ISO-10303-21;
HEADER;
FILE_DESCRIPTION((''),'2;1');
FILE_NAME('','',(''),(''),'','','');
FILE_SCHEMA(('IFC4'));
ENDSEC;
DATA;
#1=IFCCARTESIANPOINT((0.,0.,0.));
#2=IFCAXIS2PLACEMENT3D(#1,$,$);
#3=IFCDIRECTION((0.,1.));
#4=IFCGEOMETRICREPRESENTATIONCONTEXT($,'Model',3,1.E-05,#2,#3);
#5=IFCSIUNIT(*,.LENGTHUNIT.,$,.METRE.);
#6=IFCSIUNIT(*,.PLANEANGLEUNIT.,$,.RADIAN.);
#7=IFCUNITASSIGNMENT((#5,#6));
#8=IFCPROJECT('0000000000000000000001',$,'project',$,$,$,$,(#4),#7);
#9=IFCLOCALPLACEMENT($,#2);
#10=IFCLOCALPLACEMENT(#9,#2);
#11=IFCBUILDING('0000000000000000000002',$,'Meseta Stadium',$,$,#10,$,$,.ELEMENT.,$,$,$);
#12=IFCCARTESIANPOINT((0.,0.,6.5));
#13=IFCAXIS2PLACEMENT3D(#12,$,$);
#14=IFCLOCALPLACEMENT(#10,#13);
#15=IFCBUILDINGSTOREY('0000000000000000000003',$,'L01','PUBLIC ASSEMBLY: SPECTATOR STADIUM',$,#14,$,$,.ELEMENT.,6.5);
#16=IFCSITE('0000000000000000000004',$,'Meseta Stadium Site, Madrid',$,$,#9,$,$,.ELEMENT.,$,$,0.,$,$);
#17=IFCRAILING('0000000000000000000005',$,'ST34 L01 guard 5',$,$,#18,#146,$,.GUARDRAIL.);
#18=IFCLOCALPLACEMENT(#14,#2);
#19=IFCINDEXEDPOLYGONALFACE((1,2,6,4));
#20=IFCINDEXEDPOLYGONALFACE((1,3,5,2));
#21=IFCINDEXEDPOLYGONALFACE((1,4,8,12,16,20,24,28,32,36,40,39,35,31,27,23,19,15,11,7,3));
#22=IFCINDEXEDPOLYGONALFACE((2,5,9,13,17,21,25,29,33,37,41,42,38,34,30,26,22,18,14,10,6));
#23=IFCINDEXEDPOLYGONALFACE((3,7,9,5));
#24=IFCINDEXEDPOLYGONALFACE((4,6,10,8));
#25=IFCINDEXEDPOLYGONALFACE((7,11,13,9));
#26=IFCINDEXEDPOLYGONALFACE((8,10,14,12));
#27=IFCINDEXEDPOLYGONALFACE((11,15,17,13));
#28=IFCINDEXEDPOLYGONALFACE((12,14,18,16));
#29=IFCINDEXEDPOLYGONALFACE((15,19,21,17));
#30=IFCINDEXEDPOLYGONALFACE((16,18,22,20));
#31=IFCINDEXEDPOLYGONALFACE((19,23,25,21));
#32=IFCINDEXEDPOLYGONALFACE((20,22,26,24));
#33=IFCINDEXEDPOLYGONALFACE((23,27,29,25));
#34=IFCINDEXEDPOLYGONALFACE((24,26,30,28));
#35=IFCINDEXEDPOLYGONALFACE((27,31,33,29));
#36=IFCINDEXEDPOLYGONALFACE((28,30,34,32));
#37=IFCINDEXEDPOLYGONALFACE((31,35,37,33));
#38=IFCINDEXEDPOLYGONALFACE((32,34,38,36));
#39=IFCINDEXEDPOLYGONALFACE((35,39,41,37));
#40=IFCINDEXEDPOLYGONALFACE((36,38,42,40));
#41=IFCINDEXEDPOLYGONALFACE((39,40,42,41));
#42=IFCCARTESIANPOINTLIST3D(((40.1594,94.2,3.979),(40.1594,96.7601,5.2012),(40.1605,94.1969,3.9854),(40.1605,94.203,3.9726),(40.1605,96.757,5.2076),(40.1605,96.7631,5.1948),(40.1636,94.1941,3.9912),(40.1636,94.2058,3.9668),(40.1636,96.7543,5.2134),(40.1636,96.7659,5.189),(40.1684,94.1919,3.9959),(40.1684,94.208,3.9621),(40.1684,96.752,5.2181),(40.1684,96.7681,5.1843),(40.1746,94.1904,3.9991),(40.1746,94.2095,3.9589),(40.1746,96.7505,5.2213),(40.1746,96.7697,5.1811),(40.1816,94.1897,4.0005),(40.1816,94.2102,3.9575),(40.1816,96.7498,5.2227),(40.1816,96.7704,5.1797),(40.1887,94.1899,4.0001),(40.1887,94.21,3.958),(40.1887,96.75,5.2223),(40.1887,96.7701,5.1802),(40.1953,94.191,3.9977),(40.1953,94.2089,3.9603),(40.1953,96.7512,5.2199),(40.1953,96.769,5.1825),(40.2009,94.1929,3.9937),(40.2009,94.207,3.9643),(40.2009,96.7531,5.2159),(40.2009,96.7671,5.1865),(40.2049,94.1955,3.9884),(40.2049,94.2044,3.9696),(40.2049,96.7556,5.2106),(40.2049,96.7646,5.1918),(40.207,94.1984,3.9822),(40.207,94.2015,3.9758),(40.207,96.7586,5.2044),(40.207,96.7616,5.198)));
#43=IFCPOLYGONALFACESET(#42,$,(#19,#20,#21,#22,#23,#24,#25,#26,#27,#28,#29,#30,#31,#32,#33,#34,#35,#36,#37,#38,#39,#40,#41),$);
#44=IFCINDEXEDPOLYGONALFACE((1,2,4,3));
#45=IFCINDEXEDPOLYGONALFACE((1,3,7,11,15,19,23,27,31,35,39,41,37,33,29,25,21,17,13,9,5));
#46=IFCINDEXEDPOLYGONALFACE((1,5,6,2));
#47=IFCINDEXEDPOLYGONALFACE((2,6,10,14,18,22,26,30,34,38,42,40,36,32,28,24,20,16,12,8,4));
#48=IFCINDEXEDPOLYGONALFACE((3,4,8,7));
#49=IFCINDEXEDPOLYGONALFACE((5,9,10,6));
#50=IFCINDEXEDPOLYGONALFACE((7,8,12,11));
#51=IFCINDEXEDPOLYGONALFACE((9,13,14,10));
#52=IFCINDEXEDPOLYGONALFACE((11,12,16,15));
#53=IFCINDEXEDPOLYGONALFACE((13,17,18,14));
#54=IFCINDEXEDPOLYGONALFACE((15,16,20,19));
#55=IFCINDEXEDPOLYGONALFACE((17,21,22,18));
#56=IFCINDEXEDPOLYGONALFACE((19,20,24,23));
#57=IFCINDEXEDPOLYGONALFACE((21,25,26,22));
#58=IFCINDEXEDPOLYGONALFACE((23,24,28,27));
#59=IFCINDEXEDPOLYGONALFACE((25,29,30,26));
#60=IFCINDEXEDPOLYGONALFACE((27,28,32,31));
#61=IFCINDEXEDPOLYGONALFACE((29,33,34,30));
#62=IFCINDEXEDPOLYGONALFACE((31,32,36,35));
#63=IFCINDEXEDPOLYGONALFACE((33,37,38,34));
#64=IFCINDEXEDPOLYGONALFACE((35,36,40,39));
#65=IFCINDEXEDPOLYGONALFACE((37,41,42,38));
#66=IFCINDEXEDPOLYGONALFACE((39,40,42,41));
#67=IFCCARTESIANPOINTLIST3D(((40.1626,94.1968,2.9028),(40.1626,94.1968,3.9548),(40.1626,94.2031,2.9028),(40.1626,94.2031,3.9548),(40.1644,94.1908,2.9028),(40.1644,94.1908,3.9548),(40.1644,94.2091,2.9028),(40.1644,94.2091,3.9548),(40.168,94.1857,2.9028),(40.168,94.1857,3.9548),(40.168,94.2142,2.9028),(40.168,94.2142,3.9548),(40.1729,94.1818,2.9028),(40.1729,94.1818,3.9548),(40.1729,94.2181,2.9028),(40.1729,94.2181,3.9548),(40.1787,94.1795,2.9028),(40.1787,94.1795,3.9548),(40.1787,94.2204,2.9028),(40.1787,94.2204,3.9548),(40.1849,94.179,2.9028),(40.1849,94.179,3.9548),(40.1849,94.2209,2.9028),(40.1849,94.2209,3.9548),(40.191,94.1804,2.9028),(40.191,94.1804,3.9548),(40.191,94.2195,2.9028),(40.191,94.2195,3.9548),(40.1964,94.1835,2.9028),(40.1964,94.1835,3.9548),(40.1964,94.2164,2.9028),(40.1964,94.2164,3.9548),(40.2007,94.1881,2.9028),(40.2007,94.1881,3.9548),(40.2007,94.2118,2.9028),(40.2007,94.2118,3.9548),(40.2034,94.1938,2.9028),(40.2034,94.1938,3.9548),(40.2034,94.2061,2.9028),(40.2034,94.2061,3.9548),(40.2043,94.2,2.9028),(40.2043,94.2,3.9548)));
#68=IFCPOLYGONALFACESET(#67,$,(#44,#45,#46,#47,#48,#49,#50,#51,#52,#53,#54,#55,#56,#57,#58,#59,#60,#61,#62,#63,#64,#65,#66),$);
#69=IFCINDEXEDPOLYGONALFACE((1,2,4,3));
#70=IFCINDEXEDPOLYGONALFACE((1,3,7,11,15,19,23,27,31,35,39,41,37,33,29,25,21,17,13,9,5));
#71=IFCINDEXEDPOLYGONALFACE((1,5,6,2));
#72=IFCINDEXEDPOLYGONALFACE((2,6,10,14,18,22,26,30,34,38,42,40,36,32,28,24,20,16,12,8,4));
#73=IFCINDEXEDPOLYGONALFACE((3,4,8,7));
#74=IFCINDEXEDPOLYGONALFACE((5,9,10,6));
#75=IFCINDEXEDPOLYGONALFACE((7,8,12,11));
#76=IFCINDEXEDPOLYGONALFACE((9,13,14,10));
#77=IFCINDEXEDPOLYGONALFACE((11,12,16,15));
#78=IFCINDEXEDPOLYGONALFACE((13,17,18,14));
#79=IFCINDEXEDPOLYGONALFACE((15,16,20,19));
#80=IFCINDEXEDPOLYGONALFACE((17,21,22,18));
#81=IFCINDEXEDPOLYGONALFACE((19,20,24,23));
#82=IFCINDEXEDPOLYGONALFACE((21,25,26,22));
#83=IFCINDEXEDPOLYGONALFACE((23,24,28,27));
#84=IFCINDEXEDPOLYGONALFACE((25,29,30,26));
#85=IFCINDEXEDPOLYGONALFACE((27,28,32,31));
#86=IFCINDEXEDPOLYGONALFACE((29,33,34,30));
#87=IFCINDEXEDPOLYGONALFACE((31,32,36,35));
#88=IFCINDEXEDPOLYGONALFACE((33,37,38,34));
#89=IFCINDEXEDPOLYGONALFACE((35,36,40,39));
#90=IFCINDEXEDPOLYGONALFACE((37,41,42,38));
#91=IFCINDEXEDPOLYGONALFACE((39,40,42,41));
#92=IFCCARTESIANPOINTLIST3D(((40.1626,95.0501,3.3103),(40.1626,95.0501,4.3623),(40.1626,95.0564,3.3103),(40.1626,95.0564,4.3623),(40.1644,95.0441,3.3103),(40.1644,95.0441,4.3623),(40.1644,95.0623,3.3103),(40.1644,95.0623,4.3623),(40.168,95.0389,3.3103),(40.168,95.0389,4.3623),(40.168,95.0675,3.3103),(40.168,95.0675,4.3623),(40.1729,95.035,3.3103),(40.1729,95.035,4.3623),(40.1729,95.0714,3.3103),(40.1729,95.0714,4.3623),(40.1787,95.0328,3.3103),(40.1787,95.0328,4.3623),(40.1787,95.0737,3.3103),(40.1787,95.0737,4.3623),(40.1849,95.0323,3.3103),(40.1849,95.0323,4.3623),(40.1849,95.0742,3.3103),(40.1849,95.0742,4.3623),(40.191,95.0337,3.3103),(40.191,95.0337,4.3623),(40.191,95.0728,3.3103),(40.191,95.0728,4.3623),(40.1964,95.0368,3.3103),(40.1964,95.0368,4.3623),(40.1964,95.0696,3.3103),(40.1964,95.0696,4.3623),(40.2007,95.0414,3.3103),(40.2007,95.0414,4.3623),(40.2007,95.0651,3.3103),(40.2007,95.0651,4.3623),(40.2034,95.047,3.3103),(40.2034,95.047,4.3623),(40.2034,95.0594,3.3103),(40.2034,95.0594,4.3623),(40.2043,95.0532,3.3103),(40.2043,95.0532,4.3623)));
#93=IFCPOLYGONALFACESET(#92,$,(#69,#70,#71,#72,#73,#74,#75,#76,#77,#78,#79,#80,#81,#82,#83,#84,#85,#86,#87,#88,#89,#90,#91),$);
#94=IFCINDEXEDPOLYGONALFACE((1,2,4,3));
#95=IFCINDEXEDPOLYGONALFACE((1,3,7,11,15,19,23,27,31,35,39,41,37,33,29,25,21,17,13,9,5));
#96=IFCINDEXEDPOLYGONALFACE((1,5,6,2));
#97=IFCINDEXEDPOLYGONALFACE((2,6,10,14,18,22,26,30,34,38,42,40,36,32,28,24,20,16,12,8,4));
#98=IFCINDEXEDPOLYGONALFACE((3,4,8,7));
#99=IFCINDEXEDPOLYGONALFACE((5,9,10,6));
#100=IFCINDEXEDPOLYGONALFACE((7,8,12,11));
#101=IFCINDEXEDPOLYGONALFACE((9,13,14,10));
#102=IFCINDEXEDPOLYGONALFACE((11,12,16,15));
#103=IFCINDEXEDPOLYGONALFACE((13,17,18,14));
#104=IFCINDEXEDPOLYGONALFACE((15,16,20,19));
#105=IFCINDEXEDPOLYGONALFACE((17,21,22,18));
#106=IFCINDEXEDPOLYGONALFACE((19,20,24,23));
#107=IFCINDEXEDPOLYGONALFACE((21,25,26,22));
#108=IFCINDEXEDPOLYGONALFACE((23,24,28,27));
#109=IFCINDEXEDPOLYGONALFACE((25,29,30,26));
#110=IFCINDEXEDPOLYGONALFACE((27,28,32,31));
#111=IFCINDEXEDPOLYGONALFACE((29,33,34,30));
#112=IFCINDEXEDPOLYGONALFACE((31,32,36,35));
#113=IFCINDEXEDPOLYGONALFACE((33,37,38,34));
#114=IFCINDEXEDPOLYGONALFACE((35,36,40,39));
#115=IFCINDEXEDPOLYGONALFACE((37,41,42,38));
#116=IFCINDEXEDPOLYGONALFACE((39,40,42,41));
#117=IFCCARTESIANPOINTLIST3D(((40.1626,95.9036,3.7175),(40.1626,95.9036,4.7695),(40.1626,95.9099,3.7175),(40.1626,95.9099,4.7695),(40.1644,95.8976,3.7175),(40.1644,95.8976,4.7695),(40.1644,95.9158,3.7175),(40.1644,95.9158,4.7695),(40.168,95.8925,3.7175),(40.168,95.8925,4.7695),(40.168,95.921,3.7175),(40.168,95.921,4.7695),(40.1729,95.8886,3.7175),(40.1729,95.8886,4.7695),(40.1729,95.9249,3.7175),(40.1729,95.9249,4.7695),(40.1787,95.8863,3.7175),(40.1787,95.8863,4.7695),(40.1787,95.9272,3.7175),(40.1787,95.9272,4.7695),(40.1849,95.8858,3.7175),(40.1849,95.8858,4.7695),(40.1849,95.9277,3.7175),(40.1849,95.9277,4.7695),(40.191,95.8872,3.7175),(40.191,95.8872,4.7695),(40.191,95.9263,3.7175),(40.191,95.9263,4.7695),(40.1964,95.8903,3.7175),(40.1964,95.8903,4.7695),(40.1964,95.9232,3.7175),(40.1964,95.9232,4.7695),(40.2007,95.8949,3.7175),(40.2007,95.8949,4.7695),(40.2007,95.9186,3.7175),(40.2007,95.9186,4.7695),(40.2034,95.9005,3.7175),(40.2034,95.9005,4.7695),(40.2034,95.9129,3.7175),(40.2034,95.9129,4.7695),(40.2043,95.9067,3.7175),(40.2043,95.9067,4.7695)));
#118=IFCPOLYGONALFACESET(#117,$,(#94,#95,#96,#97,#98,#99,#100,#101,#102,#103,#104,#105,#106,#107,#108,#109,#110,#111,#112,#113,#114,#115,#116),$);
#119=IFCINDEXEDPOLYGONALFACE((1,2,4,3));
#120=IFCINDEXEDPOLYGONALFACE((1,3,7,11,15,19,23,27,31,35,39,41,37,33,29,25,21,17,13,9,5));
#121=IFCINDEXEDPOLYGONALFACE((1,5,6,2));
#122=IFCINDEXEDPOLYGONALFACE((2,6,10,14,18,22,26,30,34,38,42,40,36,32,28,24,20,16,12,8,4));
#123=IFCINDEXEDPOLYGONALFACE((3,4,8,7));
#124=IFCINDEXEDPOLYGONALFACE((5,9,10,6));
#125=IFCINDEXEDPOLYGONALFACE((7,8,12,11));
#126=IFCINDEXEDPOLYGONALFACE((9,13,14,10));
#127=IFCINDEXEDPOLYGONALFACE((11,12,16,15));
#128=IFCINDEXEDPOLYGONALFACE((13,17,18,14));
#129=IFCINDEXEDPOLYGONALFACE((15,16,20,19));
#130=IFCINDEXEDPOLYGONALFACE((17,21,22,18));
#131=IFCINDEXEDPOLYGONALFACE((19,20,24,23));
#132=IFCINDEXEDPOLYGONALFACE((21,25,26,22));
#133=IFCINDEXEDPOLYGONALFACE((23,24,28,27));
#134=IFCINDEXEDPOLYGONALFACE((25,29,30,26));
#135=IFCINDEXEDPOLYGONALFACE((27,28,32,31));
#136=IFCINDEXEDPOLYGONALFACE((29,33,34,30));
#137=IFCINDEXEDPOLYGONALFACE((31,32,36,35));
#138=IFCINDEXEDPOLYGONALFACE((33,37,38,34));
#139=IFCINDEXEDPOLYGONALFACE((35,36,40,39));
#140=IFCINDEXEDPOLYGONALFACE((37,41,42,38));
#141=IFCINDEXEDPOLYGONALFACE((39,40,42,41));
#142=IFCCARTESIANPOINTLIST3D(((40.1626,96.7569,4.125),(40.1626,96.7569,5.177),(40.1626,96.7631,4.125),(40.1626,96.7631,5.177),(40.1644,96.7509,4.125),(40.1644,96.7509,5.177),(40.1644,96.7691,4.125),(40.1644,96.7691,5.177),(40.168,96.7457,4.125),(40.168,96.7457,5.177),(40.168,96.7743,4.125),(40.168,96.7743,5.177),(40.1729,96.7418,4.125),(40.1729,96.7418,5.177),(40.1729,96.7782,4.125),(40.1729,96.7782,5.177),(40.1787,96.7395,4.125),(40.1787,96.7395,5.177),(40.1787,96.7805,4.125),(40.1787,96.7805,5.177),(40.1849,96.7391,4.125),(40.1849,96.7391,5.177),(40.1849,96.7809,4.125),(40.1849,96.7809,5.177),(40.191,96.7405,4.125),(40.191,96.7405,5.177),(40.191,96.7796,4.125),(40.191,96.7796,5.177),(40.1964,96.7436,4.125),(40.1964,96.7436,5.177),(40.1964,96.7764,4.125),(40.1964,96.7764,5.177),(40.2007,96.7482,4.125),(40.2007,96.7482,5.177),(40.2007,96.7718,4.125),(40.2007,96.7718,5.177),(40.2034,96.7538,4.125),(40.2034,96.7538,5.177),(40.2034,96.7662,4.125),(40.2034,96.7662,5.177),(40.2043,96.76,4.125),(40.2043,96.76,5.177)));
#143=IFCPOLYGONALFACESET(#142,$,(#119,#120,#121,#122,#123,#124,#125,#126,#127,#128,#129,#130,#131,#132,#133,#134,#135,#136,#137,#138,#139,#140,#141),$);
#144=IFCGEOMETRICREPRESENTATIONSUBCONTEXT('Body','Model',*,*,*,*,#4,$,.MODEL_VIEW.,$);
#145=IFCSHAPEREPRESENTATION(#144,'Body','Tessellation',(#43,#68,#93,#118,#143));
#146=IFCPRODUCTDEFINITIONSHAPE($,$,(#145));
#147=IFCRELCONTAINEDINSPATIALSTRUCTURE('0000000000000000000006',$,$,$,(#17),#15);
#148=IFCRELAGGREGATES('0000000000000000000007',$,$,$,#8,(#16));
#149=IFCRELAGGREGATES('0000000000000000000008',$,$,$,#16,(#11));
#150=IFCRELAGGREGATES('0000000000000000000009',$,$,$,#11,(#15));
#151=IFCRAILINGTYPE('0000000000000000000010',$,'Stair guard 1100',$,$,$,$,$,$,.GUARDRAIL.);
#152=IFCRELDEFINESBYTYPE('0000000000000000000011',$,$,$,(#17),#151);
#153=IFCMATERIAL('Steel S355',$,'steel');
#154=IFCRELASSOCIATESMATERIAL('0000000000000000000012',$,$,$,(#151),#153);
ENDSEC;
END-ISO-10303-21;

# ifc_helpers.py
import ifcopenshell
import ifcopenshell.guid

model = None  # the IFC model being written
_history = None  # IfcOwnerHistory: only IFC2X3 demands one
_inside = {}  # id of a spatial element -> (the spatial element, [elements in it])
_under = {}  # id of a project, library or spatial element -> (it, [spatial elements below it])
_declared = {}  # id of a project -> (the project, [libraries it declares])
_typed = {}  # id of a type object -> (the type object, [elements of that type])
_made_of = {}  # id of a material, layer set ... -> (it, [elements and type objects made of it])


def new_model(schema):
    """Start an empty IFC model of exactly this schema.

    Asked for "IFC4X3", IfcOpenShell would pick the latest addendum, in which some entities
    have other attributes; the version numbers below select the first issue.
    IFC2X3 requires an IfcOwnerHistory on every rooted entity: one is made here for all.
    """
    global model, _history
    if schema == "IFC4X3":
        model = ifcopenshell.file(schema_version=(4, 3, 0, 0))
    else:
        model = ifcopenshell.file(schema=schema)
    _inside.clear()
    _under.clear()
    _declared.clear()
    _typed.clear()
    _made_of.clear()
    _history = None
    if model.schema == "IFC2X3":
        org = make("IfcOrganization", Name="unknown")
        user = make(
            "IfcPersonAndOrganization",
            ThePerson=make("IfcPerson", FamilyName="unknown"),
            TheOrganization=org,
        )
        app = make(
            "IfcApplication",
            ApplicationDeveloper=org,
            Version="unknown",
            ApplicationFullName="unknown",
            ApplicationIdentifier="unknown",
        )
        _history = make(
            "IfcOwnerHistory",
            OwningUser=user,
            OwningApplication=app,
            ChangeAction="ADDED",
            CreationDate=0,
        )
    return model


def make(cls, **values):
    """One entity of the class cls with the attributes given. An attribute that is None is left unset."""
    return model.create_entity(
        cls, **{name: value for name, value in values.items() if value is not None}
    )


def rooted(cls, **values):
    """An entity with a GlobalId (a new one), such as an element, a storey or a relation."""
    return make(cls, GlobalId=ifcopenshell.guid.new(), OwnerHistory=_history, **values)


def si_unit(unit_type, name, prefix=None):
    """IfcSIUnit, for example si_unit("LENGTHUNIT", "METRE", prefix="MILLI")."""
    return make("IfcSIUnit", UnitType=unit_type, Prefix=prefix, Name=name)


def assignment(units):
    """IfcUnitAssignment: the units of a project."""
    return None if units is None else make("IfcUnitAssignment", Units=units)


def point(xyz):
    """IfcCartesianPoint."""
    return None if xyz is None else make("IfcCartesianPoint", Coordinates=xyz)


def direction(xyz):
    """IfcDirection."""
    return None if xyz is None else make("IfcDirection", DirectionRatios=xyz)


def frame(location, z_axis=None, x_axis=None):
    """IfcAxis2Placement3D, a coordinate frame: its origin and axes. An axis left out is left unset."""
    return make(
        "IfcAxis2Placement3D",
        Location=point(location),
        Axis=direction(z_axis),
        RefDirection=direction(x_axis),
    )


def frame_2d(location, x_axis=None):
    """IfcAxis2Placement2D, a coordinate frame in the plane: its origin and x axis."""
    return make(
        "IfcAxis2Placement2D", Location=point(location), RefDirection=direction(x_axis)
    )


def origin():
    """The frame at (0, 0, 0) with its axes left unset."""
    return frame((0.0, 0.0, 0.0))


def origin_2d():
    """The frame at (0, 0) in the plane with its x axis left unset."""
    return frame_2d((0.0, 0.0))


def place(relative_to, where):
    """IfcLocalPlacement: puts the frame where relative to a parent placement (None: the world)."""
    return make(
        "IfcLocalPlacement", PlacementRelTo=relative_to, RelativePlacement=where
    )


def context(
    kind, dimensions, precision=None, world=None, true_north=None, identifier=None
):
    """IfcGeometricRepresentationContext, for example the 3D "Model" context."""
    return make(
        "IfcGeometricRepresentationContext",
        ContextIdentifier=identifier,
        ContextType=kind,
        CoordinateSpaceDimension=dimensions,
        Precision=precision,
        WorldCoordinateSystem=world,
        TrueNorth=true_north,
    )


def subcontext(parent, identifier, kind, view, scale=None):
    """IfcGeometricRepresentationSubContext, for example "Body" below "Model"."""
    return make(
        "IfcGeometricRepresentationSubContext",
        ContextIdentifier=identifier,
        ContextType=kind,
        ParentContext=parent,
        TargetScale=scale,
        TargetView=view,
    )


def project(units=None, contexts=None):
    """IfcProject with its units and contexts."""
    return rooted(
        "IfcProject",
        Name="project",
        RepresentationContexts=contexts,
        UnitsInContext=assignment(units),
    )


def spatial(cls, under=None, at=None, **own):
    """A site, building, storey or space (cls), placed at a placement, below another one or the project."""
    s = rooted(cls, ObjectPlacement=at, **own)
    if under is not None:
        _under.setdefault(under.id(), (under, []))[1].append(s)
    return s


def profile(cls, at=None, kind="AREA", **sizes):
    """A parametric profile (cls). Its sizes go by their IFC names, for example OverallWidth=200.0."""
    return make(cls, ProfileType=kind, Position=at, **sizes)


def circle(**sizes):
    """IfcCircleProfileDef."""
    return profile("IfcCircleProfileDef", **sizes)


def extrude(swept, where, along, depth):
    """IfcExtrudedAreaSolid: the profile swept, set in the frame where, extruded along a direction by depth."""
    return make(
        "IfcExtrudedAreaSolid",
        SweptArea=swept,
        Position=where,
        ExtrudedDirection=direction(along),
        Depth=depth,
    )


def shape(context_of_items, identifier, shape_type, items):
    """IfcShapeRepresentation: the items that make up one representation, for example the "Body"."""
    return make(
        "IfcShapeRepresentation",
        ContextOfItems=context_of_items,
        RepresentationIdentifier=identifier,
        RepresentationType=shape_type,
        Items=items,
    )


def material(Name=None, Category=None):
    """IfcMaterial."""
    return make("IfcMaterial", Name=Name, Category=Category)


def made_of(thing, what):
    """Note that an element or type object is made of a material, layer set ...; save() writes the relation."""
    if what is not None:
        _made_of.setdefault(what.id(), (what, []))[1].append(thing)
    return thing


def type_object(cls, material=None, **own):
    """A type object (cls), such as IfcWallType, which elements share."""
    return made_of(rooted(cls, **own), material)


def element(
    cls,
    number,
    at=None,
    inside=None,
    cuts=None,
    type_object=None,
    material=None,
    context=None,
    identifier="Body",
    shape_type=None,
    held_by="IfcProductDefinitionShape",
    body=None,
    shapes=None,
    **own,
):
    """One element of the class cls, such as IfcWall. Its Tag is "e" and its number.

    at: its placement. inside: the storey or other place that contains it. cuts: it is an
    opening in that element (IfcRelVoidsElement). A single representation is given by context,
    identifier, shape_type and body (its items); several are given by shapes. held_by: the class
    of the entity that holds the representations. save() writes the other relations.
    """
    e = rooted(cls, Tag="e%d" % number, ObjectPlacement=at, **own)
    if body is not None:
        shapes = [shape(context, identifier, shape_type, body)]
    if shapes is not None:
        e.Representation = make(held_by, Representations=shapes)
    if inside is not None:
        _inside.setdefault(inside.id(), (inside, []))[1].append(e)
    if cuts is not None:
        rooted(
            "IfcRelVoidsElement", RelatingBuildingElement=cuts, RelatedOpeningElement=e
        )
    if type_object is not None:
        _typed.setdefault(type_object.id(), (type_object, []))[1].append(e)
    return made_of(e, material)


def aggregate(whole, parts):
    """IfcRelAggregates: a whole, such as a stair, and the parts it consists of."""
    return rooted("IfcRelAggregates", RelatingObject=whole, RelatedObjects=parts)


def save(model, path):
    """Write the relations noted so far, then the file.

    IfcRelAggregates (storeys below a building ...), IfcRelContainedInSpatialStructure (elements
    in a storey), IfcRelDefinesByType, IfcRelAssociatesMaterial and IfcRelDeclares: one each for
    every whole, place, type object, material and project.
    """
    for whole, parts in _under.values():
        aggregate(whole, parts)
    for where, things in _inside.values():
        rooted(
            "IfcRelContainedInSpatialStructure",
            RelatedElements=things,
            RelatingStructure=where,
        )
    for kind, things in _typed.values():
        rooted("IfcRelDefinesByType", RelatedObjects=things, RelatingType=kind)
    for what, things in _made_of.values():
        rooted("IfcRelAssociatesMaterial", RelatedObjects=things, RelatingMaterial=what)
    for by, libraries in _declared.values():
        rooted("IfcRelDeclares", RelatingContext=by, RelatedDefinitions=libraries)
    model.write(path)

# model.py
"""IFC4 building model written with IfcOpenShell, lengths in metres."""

from ifc_helpers import new_model, si_unit, direction, frame, origin, origin_2d, place, context, subcontext, project, spatial, circle, extrude, material, type_object, element, save


model = new_model("IFC4")

# Units and contexts
model_context = context("Model", 3, precision=1e-05, world=origin(), true_north=direction((0.0, 1.0)))
body_context = subcontext(model_context, "Body", "Model", "MODEL_VIEW")
ifc_project = project(units=[si_unit("LENGTHUNIT", "METRE"), si_unit("PLANEANGLEUNIT", "RADIAN")], contexts=[model_context])

# Site, building, storey
site_placement = place(None, origin())
site = spatial("IfcSite", under=ifc_project, at=site_placement, Name="Meseta Stadium Site, Madrid", CompositionType="ELEMENT", RefElevation=0.0)
building_placement = place(site_placement, origin())
building = spatial("IfcBuilding", under=site, at=building_placement, Name="Meseta Stadium", CompositionType="ELEMENT")
storey_placement = place(building_placement, frame((0.0, 0.0, 6.5)))
storey = spatial("IfcBuildingStorey", under=building, at=storey_placement, Name="L01", Description="PUBLIC ASSEMBLY: SPECTATOR STADIUM", CompositionType="ELEMENT", Elevation=6.5)

# Railing
ifc_material_1 = material(Name="Steel S355", Category="steel")
railing_type_1 = type_object("IfcRailingType", Name="Stair guard 1100", PredefinedType="GUARDRAIL", material=ifc_material_1)
railing_1_placement = place(storey_placement, frame((40.1833, 94.2, 2.9028)))
element("IfcRailing", 1, at=railing_1_placement, inside=storey, type_object=railing_type_1, Name="ST34 L01 guard 5", PredefinedType="GUARDRAIL", context=body_context, shape_type="SweptSolid", body=[
    extrude(circle(Radius=0.0239, at=origin_2d()), frame((0.0, 0.0, 1.0762), z_axis=(0.0, 0.902437, 0.430822), x_axis=(-1.0, 0.0, 0.0)), (0.0, 0.0, 1.0), 2.8369),
    extrude(circle(Radius=0.021, at=origin_2d()), origin(), (0.0, 0.0, 1.0), 1.052),
    extrude(circle(Radius=0.021, at=origin_2d()), frame((0.0, 0.8533, 0.4075)), (0.0, 0.0, 1.0), 1.052),
    extrude(circle(Radius=0.021, at=origin_2d()), frame((0.0, 1.7068, 0.8147)), (0.0, 0.0, 1.0), 1.052),
    extrude(circle(Radius=0.021, at=origin_2d()), frame((0.0, 2.5601, 1.2222)), (0.0, 0.0, 1.0), 1.052),
])

save(model, "model.ifc")
